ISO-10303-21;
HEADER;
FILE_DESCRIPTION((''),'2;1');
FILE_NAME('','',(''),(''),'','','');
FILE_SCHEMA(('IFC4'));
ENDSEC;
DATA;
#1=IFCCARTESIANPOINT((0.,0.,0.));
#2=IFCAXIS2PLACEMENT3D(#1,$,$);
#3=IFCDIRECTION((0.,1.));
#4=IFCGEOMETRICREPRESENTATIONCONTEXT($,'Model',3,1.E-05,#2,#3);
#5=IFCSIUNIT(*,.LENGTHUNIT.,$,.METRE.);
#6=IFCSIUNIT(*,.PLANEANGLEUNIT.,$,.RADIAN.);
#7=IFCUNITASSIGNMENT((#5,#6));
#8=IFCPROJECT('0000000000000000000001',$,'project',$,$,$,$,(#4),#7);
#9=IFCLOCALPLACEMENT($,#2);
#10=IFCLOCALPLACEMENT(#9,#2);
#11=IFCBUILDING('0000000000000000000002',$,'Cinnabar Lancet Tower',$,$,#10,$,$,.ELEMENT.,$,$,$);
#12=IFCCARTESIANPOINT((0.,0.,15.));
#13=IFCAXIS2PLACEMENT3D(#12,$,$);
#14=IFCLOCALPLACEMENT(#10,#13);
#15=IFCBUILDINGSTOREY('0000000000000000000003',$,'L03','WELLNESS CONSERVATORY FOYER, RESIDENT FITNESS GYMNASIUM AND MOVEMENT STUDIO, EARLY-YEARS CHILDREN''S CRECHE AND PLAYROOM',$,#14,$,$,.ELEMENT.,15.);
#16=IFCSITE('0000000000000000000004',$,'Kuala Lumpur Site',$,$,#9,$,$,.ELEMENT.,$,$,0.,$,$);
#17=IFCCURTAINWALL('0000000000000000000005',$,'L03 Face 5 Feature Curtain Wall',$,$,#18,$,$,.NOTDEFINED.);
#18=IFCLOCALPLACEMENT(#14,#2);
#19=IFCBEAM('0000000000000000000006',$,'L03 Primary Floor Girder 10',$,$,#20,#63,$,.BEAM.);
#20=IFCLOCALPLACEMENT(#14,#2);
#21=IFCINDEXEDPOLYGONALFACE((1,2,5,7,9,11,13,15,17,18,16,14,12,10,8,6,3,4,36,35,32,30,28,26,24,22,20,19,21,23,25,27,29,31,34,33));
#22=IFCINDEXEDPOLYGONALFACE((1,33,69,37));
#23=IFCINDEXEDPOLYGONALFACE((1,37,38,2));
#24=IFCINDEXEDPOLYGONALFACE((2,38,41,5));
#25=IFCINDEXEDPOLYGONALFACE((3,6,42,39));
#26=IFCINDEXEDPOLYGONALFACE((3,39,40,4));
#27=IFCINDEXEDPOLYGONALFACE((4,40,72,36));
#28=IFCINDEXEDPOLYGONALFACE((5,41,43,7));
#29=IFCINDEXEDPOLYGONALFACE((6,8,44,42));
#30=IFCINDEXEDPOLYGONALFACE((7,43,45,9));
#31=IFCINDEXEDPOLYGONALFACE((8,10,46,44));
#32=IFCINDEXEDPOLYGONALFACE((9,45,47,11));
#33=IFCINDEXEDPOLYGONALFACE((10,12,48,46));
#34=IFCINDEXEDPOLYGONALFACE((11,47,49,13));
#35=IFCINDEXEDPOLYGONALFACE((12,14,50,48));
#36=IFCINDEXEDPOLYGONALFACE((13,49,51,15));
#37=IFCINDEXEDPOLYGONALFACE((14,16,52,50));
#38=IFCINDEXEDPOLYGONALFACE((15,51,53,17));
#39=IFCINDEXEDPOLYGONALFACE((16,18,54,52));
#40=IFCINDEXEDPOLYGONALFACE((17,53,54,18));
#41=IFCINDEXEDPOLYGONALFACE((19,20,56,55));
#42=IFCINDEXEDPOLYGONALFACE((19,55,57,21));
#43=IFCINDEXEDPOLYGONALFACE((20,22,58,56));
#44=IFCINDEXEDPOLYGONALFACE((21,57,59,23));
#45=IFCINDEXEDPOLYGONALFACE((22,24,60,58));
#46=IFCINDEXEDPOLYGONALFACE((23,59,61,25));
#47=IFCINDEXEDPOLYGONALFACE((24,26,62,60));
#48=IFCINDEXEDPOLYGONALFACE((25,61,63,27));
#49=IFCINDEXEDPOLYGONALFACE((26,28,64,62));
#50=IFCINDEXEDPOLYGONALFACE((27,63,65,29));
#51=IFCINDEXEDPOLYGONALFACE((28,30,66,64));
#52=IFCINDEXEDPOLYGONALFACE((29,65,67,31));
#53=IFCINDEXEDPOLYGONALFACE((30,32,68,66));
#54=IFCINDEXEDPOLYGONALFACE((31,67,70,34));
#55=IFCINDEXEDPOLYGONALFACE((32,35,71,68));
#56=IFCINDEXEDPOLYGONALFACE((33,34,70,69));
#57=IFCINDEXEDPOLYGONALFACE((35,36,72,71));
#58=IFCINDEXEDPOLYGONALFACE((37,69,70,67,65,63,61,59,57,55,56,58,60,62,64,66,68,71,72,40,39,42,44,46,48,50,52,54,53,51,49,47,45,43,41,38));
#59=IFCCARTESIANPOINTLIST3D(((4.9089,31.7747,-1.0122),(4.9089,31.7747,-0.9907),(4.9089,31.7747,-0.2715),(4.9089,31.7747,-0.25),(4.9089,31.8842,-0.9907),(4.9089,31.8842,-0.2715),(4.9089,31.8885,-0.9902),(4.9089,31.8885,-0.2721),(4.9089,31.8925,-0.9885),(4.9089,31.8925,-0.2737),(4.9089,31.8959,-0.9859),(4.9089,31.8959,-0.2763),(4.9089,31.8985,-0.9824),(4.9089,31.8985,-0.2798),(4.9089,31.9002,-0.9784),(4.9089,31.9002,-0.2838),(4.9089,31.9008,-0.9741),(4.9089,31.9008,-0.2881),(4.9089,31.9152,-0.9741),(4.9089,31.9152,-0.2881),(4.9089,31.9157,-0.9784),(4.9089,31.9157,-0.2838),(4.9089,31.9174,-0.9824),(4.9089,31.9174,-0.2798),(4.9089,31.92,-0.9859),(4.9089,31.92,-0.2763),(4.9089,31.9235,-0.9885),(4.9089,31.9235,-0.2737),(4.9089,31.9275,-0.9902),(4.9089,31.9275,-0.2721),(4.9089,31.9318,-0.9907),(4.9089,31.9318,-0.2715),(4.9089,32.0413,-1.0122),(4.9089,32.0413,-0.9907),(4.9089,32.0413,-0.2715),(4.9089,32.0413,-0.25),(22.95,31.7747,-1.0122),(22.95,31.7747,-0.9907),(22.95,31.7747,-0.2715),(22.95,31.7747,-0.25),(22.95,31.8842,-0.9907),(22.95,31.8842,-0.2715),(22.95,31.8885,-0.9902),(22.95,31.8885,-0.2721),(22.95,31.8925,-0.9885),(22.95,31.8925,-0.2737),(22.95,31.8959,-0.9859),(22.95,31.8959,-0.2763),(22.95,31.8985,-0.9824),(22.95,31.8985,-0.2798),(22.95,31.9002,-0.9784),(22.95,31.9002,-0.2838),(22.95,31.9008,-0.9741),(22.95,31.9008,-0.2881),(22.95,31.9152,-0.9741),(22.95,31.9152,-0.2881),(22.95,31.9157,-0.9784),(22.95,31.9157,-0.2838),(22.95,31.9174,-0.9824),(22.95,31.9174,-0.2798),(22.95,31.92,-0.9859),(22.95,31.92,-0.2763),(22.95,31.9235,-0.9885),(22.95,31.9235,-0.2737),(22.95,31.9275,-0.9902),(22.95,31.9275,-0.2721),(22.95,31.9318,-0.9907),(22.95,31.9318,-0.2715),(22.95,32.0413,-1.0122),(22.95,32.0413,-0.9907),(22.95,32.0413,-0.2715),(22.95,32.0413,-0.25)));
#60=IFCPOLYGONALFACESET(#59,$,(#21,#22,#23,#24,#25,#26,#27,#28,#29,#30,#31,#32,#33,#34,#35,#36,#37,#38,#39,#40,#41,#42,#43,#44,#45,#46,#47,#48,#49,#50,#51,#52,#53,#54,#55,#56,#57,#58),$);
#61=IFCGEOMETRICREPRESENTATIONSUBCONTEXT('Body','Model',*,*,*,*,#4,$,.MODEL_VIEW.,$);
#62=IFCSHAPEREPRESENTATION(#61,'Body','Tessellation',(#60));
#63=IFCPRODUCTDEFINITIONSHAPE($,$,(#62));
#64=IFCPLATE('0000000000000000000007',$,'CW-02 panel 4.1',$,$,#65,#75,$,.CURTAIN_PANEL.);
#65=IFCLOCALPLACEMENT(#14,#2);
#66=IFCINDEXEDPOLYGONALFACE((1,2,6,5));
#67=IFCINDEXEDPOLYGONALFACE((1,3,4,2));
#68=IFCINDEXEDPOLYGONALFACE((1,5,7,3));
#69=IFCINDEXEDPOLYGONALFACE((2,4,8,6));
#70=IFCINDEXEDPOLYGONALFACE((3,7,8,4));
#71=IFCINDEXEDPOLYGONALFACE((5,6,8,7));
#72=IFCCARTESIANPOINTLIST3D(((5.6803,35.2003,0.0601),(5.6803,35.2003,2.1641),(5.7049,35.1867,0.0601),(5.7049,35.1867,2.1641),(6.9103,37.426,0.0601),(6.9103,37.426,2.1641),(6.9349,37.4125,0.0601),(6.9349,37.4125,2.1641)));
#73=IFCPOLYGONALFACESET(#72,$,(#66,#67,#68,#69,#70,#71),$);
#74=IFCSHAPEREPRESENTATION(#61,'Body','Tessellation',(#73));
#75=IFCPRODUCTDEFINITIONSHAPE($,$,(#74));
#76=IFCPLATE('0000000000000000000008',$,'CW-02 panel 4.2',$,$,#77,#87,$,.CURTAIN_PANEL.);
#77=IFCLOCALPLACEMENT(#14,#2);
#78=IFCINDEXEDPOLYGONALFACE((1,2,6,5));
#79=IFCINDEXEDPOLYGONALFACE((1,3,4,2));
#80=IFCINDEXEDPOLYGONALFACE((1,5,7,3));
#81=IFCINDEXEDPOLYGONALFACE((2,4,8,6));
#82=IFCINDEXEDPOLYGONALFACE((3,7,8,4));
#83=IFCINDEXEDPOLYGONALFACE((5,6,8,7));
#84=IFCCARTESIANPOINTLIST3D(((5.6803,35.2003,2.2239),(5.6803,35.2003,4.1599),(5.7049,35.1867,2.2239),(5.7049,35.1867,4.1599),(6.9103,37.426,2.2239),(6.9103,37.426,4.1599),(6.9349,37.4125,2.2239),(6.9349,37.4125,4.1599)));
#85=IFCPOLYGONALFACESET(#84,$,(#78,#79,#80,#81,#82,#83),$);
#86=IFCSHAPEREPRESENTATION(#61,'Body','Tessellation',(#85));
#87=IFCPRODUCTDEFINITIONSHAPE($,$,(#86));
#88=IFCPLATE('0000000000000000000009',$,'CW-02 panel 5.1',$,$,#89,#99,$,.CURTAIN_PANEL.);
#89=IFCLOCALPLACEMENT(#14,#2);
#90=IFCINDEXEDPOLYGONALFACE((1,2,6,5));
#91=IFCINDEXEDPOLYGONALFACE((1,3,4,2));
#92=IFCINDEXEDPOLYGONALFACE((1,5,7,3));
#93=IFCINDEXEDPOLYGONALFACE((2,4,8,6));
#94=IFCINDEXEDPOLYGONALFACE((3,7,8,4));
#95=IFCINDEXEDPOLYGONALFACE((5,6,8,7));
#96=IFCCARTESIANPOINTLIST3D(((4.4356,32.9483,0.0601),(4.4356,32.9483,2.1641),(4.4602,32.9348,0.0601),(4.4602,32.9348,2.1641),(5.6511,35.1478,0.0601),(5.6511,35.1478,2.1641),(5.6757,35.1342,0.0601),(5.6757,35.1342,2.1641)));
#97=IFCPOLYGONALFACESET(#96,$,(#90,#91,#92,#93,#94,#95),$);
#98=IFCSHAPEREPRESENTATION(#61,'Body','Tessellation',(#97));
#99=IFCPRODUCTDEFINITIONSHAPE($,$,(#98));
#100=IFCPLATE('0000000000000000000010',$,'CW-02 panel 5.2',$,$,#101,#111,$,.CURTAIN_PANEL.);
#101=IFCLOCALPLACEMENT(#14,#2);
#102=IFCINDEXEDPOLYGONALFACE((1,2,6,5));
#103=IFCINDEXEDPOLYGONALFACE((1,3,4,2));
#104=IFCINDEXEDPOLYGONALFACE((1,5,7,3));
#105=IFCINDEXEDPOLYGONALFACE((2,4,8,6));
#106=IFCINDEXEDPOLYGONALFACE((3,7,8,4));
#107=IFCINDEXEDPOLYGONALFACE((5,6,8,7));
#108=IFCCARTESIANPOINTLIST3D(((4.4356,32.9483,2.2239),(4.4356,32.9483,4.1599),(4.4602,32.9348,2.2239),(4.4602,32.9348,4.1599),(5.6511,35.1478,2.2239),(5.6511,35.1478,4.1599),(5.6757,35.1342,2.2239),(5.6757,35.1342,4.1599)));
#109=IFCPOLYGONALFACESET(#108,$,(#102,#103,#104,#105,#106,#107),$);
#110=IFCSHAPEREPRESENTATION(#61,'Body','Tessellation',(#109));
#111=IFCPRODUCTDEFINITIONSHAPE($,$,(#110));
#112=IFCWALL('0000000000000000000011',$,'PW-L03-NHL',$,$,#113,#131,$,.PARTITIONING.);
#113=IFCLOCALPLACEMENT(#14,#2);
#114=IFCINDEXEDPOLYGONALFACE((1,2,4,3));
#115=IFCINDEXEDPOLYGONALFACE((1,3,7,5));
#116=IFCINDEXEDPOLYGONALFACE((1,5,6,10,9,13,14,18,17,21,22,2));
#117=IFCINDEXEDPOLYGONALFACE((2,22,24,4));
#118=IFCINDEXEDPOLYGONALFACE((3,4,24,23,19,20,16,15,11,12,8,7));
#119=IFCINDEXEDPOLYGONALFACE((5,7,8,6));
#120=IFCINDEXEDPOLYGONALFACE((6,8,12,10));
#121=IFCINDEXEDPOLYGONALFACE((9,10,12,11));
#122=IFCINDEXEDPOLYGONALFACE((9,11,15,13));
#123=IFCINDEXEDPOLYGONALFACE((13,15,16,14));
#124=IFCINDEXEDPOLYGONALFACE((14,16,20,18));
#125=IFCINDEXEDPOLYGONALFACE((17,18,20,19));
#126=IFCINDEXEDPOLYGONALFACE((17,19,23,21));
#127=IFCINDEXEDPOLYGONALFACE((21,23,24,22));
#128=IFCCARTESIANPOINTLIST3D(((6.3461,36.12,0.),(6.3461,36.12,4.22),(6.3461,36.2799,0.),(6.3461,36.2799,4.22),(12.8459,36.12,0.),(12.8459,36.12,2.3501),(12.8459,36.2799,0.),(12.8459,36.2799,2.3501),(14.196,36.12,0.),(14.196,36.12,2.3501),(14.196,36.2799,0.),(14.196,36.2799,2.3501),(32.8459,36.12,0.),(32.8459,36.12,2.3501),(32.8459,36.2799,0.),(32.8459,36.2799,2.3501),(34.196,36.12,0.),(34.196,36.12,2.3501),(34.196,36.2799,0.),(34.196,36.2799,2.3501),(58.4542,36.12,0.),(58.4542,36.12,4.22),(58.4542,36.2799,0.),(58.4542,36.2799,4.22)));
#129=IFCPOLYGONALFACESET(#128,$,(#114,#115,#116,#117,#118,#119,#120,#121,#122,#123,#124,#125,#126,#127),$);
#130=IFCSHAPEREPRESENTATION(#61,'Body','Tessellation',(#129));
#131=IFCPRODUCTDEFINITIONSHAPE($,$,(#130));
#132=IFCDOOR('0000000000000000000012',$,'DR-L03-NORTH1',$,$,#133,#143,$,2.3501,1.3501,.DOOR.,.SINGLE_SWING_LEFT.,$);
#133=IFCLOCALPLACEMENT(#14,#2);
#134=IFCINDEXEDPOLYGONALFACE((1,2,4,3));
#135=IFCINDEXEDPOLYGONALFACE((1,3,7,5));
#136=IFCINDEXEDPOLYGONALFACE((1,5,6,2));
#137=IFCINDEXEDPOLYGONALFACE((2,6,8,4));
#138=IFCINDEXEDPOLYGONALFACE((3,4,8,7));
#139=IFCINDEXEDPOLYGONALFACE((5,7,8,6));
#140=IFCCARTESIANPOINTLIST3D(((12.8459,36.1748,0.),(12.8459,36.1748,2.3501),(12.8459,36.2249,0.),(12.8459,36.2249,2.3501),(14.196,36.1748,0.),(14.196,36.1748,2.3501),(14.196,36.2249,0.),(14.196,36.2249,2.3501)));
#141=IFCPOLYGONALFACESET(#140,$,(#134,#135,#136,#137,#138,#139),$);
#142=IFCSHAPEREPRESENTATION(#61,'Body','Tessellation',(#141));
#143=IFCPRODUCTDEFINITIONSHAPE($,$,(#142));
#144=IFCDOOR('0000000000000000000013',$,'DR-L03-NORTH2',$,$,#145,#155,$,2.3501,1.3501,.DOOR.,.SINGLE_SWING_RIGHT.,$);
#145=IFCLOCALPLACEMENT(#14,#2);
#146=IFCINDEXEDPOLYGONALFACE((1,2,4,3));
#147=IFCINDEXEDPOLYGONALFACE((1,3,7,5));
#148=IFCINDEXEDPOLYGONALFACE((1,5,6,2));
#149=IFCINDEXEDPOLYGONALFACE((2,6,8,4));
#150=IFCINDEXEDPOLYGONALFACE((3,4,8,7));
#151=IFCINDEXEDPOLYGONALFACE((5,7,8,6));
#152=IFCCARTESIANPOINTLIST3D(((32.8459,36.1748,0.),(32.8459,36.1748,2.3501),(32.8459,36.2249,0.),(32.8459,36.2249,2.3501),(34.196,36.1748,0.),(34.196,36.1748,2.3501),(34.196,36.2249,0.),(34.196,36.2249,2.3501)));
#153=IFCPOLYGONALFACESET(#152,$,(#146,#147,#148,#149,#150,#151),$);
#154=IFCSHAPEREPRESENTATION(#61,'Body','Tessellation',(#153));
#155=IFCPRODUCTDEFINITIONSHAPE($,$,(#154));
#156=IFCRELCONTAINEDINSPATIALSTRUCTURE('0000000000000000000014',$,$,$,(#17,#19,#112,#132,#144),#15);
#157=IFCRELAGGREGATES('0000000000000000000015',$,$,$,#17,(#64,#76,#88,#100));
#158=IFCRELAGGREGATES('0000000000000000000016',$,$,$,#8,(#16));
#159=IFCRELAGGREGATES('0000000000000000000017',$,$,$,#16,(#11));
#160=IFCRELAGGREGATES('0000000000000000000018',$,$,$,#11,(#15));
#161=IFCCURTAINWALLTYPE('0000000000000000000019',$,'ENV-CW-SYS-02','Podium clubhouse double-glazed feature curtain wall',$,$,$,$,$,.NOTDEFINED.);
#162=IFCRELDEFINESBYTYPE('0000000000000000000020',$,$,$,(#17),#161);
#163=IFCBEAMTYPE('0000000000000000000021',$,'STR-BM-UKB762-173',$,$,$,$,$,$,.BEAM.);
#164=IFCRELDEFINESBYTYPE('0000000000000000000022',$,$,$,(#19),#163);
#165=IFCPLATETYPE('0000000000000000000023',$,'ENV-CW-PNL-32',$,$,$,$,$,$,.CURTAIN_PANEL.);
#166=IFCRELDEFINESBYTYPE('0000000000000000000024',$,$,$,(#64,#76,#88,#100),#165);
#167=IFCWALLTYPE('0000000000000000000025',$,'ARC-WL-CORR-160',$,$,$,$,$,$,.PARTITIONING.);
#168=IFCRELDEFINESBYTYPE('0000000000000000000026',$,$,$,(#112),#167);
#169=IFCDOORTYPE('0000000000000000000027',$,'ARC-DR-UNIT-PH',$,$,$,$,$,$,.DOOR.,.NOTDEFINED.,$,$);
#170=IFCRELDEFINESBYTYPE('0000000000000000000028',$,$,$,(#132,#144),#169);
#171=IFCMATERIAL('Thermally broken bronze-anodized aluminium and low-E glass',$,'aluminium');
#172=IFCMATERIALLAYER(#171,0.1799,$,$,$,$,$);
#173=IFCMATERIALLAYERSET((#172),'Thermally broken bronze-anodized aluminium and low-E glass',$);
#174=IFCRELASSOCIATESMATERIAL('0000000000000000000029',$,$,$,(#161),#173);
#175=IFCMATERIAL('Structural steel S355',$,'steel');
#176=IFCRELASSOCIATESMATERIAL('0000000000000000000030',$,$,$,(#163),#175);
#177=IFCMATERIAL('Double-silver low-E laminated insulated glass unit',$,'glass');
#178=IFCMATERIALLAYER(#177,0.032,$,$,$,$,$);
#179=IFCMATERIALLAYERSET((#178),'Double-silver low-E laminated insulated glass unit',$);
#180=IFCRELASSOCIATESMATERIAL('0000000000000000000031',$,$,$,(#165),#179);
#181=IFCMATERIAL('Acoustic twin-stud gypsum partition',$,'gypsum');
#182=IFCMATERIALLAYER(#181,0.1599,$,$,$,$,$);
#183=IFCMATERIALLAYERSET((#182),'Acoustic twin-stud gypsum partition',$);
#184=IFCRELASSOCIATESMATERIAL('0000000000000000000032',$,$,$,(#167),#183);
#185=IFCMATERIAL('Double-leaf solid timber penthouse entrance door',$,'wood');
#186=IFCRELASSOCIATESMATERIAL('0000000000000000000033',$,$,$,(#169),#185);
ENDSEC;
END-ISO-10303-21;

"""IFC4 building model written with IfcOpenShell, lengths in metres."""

from ifc_helpers import new_model, si_unit, direction, frame, frame_2d, origin, origin_2d, place, context, subcontext, project, spatial, rectangle, i_section, extrude, material, layer, layer_set, material_profile, profile_set, type_object, element, fill, aggregate, save


model = new_model("IFC4")

# Units and contexts
model_context = context("Model", 3, precision=1e-05, world=origin(), true_north=direction((0.0, 1.0)))
body_context = subcontext(model_context, "Body", "Model", "MODEL_VIEW")
ifc_project = project(units=[si_unit("LENGTHUNIT", "METRE"), si_unit("PLANEANGLEUNIT", "RADIAN")], contexts=[model_context])

# Site, building, storey
site_placement = place(None, origin())
site = spatial("IfcSite", under=ifc_project, at=site_placement, Name="Kuala Lumpur Site", CompositionType="ELEMENT", RefElevation=0.0)
building_placement = place(site_placement, origin())
building = spatial("IfcBuilding", under=site, at=building_placement, Name="Cinnabar Lancet Tower", CompositionType="ELEMENT")
storey_placement = place(building_placement, frame((0.0, 0.0, 15.0)))
storey = spatial("IfcBuildingStorey", under=building, at=storey_placement, Name="L03", Description="WELLNESS CONSERVATORY FOYER, RESIDENT FITNESS GYMNASIUM AND MOVEMENT STUDIO, EARLY-YEARS CHILDREN'S CRECHE AND PLAYROOM", CompositionType="ELEMENT", Elevation=15.0)

# Curtain wall
ifc_material_1 = material(Name="Thermally broken bronze-anodized aluminium and low-E glass", Category="aluminium")
ifc_layer_1 = layer(ifc_material_1, 0.1799)
ifc_layer_set_1 = layer_set([ifc_layer_1], Name="Thermally broken bronze-anodized aluminium and low-E glass")
curtain_wall_type = type_object("IfcCurtainWallType", Name="ENV-CW-SYS-02", Description="Podium clubhouse double-glazed feature curtain wall", PredefinedType="NOTDEFINED", material=ifc_layer_set_1)
curtain_wall_placement = place(storey_placement, origin())
curtain_wall = element("IfcCurtainWall", 1, at=curtain_wall_placement, inside=storey, type_object=curtain_wall_type, Name="L03 Face 5 Feature Curtain Wall", PredefinedType="NOTDEFINED")

# Beam
ifc_material_2 = material(Name="Structural steel S355", Category="steel")
ifc_material_profile_1 = material_profile(ifc_material_2, i_section(OverallWidth=0.2666, OverallDepth=0.7622, WebThickness=0.0144, FlangeThickness=0.0215, FilletRadius=0.0166, at=origin_2d()), Name="UKB 762x267x173")
ifc_profile_set_1 = profile_set([ifc_material_profile_1], Name="Structural steel S355")
beam_type_1 = type_object("IfcBeamType", Name="STR-BM-UKB762-173", PredefinedType="BEAM", material=ifc_profile_set_1)
beam_1_placement = place(storey_placement, frame((4.9089, 31.908, -0.6311), z_axis=(1.0, 0.0, 0.0), x_axis=(0.0, 1.0, 0.0)))
element("IfcBeam", 2, at=beam_1_placement, inside=storey, type_object=beam_type_1, Name="L03 Primary Floor Girder 10", PredefinedType="BEAM", context=body_context, shape_type="SweptSolid", body=[
    extrude(i_section(OverallWidth=0.2666, OverallDepth=0.7622, WebThickness=0.0144, FlangeThickness=0.0215, FilletRadius=0.0166, at=origin_2d()), origin(), (0.0, 0.0, 1.0), 18.041),
])

# Plates
ifc_material_3 = material(Name="Double-silver low-E laminated insulated glass unit", Category="glass")
ifc_layer_2 = layer(ifc_material_3, 0.032)
ifc_layer_set_2 = layer_set([ifc_layer_2], Name="Double-silver low-E laminated insulated glass unit")
plate_type = type_object("IfcPlateType", Name="ENV-CW-PNL-32", PredefinedType="CURTAIN_PANEL", material=ifc_layer_set_2)
plate_1_placement = place(storey_placement, frame((6.3076, 36.3064, 0.0601), z_axis=(0.0, 0.0, 1.0), x_axis=(-0.483685, -0.875242, 0.0)))
plate_1 = element("IfcPlate", 3, at=plate_1_placement, type_object=plate_type, Name="CW-02 panel 4.1", PredefinedType="CURTAIN_PANEL", context=body_context, shape_type="SweptSolid", body=[
    extrude(rectangle(XDim=2.543, YDim=0.0281, at=origin_2d()), origin(), (0.0, 0.0, 1.0), 2.104),
])
plate_2_placement = place(storey_placement, frame((6.3076, 36.3064, 2.2239), z_axis=(0.0, 0.0, 1.0), x_axis=(-0.483685, -0.875242, 0.0)))
plate_2 = element("IfcPlate", 4, at=plate_2_placement, type_object=plate_type, Name="CW-02 panel 4.2", PredefinedType="CURTAIN_PANEL", context=body_context, shape_type="SweptSolid", body=[
    extrude(rectangle(XDim=2.543, YDim=0.0281, at=origin_2d()), origin(), (0.0, 0.0, 1.0), 1.936),
])
plate_3_placement = place(storey_placement, frame((5.0557, 34.0413, 0.0601), z_axis=(0.0, 0.0, 1.0), x_axis=(-0.483685, -0.875242, 0.0)))
plate_3 = element("IfcPlate", 5, at=plate_3_placement, type_object=plate_type, Name="CW-02 panel 5.1", PredefinedType="CURTAIN_PANEL", context=body_context, shape_type="SweptSolid", body=[
    extrude(rectangle(XDim=2.5129, YDim=0.0281, at=origin_2d()), origin(), (0.0, 0.0, 1.0), 2.104),
])
plate_4_placement = place(storey_placement, frame((5.0557, 34.0413, 2.2239), z_axis=(0.0, 0.0, 1.0), x_axis=(-0.483685, -0.875242, 0.0)))
plate_4 = element("IfcPlate", 6, at=plate_4_placement, type_object=plate_type, Name="CW-02 panel 5.2", PredefinedType="CURTAIN_PANEL", context=body_context, shape_type="SweptSolid", body=[
    extrude(rectangle(XDim=2.5129, YDim=0.0281, at=origin_2d()), origin(), (0.0, 0.0, 1.0), 1.936),
])
aggregate(curtain_wall, [plate_1, plate_2, plate_3, plate_4])

# Wall, openings, doors
ifc_material_4 = material(Name="Acoustic twin-stud gypsum partition", Category="gypsum")
ifc_layer_3 = layer(ifc_material_4, 0.1599)
ifc_layer_set_3 = layer_set([ifc_layer_3], Name="Acoustic twin-stud gypsum partition")
wall_type_1 = type_object("IfcWallType", Name="ARC-WL-CORR-160", PredefinedType="PARTITIONING", material=ifc_layer_set_3)
wall_1_placement = place(storey_placement, frame((6.3459, 36.2, 0.0), z_axis=(0.0, 0.0, 1.0), x_axis=(1.0, 0.0, 0.0)))
wall_1 = element("IfcWall", 7, at=wall_1_placement, inside=storey, type_object=wall_type_1, Name="PW-L03-NHL", PredefinedType="PARTITIONING", context=body_context, shape_type="SweptSolid", body=[
    extrude(rectangle(XDim=52.1082, YDim=0.1599, at=frame_2d((26.0542, 0.0))), origin(), (0.0, 0.0, 1.0), 4.22),
])
opening_1_placement = place(wall_1_placement, frame((6.5, 0.0, 0.0)))
opening_1 = element("IfcOpeningElement", 8, at=opening_1_placement, cuts=wall_1, PredefinedType="OPENING", context=body_context, shape_type="SweptSolid", body=[
    extrude(rectangle(XDim=1.3501, YDim=2.3501, at=frame_2d((0.675, 1.175))), frame((0.0, 0.0898, 0.0), z_axis=(0.0, -1.0, 0.0), x_axis=(1.0, 0.0, 0.0)), (0.0, 0.0, 1.0), 0.1799),
])
opening_2_placement = place(wall_1_placement, frame((26.5, 0.0, 0.0)))
opening_2 = element("IfcOpeningElement", 9, at=opening_2_placement, cuts=wall_1, PredefinedType="OPENING", context=body_context, shape_type="SweptSolid", body=[
    extrude(rectangle(XDim=1.3501, YDim=2.3501, at=frame_2d((0.675, 1.175))), frame((0.0, 0.0898, 0.0), z_axis=(0.0, -1.0, 0.0), x_axis=(1.0, 0.0, 0.0)), (0.0, 0.0, 1.0), 0.1799),
])
ifc_material_5 = material(Name="Double-leaf solid timber penthouse entrance door", Category="wood")
door_type = type_object("IfcDoorType", Name="ARC-DR-UNIT-PH", OperationType="NOTDEFINED", PredefinedType="DOOR", material=ifc_material_5)
door_1_placement = place(opening_1_placement, origin())
door_1 = element("IfcDoor", 10, at=door_1_placement, inside=storey, type_object=door_type, Name="DR-L03-NORTH1", OperationType="SINGLE_SWING_LEFT", OverallHeight=2.3501, OverallWidth=1.3501, PredefinedType="DOOR", context=body_context, shape_type="SweptSolid", body=[
    extrude(rectangle(XDim=1.3501, YDim=2.3501, at=frame_2d((0.675, 1.175))), frame((0.0, 0.0249, 0.0), z_axis=(0.0, -1.0, 0.0), x_axis=(1.0, 0.0, 0.0)), (0.0, 0.0, 1.0), 0.05),
])
fill(opening_1, door_1)
door_2_placement = place(opening_2_placement, origin())
door_2 = element("IfcDoor", 11, at=door_2_placement, inside=storey, type_object=door_type, Name="DR-L03-NORTH2", OperationType="SINGLE_SWING_RIGHT", OverallHeight=2.3501, OverallWidth=1.3501, PredefinedType="DOOR", context=body_context, shape_type="SweptSolid", body=[
    extrude(rectangle(XDim=1.3501, YDim=2.3501, at=frame_2d((0.675, 1.175))), frame((0.0, 0.0249, 0.0), z_axis=(0.0, -1.0, 0.0), x_axis=(1.0, 0.0, 0.0)), (0.0, 0.0, 1.0), 0.05),
])
fill(opening_2, door_2)

save(model, "model.ifc")
